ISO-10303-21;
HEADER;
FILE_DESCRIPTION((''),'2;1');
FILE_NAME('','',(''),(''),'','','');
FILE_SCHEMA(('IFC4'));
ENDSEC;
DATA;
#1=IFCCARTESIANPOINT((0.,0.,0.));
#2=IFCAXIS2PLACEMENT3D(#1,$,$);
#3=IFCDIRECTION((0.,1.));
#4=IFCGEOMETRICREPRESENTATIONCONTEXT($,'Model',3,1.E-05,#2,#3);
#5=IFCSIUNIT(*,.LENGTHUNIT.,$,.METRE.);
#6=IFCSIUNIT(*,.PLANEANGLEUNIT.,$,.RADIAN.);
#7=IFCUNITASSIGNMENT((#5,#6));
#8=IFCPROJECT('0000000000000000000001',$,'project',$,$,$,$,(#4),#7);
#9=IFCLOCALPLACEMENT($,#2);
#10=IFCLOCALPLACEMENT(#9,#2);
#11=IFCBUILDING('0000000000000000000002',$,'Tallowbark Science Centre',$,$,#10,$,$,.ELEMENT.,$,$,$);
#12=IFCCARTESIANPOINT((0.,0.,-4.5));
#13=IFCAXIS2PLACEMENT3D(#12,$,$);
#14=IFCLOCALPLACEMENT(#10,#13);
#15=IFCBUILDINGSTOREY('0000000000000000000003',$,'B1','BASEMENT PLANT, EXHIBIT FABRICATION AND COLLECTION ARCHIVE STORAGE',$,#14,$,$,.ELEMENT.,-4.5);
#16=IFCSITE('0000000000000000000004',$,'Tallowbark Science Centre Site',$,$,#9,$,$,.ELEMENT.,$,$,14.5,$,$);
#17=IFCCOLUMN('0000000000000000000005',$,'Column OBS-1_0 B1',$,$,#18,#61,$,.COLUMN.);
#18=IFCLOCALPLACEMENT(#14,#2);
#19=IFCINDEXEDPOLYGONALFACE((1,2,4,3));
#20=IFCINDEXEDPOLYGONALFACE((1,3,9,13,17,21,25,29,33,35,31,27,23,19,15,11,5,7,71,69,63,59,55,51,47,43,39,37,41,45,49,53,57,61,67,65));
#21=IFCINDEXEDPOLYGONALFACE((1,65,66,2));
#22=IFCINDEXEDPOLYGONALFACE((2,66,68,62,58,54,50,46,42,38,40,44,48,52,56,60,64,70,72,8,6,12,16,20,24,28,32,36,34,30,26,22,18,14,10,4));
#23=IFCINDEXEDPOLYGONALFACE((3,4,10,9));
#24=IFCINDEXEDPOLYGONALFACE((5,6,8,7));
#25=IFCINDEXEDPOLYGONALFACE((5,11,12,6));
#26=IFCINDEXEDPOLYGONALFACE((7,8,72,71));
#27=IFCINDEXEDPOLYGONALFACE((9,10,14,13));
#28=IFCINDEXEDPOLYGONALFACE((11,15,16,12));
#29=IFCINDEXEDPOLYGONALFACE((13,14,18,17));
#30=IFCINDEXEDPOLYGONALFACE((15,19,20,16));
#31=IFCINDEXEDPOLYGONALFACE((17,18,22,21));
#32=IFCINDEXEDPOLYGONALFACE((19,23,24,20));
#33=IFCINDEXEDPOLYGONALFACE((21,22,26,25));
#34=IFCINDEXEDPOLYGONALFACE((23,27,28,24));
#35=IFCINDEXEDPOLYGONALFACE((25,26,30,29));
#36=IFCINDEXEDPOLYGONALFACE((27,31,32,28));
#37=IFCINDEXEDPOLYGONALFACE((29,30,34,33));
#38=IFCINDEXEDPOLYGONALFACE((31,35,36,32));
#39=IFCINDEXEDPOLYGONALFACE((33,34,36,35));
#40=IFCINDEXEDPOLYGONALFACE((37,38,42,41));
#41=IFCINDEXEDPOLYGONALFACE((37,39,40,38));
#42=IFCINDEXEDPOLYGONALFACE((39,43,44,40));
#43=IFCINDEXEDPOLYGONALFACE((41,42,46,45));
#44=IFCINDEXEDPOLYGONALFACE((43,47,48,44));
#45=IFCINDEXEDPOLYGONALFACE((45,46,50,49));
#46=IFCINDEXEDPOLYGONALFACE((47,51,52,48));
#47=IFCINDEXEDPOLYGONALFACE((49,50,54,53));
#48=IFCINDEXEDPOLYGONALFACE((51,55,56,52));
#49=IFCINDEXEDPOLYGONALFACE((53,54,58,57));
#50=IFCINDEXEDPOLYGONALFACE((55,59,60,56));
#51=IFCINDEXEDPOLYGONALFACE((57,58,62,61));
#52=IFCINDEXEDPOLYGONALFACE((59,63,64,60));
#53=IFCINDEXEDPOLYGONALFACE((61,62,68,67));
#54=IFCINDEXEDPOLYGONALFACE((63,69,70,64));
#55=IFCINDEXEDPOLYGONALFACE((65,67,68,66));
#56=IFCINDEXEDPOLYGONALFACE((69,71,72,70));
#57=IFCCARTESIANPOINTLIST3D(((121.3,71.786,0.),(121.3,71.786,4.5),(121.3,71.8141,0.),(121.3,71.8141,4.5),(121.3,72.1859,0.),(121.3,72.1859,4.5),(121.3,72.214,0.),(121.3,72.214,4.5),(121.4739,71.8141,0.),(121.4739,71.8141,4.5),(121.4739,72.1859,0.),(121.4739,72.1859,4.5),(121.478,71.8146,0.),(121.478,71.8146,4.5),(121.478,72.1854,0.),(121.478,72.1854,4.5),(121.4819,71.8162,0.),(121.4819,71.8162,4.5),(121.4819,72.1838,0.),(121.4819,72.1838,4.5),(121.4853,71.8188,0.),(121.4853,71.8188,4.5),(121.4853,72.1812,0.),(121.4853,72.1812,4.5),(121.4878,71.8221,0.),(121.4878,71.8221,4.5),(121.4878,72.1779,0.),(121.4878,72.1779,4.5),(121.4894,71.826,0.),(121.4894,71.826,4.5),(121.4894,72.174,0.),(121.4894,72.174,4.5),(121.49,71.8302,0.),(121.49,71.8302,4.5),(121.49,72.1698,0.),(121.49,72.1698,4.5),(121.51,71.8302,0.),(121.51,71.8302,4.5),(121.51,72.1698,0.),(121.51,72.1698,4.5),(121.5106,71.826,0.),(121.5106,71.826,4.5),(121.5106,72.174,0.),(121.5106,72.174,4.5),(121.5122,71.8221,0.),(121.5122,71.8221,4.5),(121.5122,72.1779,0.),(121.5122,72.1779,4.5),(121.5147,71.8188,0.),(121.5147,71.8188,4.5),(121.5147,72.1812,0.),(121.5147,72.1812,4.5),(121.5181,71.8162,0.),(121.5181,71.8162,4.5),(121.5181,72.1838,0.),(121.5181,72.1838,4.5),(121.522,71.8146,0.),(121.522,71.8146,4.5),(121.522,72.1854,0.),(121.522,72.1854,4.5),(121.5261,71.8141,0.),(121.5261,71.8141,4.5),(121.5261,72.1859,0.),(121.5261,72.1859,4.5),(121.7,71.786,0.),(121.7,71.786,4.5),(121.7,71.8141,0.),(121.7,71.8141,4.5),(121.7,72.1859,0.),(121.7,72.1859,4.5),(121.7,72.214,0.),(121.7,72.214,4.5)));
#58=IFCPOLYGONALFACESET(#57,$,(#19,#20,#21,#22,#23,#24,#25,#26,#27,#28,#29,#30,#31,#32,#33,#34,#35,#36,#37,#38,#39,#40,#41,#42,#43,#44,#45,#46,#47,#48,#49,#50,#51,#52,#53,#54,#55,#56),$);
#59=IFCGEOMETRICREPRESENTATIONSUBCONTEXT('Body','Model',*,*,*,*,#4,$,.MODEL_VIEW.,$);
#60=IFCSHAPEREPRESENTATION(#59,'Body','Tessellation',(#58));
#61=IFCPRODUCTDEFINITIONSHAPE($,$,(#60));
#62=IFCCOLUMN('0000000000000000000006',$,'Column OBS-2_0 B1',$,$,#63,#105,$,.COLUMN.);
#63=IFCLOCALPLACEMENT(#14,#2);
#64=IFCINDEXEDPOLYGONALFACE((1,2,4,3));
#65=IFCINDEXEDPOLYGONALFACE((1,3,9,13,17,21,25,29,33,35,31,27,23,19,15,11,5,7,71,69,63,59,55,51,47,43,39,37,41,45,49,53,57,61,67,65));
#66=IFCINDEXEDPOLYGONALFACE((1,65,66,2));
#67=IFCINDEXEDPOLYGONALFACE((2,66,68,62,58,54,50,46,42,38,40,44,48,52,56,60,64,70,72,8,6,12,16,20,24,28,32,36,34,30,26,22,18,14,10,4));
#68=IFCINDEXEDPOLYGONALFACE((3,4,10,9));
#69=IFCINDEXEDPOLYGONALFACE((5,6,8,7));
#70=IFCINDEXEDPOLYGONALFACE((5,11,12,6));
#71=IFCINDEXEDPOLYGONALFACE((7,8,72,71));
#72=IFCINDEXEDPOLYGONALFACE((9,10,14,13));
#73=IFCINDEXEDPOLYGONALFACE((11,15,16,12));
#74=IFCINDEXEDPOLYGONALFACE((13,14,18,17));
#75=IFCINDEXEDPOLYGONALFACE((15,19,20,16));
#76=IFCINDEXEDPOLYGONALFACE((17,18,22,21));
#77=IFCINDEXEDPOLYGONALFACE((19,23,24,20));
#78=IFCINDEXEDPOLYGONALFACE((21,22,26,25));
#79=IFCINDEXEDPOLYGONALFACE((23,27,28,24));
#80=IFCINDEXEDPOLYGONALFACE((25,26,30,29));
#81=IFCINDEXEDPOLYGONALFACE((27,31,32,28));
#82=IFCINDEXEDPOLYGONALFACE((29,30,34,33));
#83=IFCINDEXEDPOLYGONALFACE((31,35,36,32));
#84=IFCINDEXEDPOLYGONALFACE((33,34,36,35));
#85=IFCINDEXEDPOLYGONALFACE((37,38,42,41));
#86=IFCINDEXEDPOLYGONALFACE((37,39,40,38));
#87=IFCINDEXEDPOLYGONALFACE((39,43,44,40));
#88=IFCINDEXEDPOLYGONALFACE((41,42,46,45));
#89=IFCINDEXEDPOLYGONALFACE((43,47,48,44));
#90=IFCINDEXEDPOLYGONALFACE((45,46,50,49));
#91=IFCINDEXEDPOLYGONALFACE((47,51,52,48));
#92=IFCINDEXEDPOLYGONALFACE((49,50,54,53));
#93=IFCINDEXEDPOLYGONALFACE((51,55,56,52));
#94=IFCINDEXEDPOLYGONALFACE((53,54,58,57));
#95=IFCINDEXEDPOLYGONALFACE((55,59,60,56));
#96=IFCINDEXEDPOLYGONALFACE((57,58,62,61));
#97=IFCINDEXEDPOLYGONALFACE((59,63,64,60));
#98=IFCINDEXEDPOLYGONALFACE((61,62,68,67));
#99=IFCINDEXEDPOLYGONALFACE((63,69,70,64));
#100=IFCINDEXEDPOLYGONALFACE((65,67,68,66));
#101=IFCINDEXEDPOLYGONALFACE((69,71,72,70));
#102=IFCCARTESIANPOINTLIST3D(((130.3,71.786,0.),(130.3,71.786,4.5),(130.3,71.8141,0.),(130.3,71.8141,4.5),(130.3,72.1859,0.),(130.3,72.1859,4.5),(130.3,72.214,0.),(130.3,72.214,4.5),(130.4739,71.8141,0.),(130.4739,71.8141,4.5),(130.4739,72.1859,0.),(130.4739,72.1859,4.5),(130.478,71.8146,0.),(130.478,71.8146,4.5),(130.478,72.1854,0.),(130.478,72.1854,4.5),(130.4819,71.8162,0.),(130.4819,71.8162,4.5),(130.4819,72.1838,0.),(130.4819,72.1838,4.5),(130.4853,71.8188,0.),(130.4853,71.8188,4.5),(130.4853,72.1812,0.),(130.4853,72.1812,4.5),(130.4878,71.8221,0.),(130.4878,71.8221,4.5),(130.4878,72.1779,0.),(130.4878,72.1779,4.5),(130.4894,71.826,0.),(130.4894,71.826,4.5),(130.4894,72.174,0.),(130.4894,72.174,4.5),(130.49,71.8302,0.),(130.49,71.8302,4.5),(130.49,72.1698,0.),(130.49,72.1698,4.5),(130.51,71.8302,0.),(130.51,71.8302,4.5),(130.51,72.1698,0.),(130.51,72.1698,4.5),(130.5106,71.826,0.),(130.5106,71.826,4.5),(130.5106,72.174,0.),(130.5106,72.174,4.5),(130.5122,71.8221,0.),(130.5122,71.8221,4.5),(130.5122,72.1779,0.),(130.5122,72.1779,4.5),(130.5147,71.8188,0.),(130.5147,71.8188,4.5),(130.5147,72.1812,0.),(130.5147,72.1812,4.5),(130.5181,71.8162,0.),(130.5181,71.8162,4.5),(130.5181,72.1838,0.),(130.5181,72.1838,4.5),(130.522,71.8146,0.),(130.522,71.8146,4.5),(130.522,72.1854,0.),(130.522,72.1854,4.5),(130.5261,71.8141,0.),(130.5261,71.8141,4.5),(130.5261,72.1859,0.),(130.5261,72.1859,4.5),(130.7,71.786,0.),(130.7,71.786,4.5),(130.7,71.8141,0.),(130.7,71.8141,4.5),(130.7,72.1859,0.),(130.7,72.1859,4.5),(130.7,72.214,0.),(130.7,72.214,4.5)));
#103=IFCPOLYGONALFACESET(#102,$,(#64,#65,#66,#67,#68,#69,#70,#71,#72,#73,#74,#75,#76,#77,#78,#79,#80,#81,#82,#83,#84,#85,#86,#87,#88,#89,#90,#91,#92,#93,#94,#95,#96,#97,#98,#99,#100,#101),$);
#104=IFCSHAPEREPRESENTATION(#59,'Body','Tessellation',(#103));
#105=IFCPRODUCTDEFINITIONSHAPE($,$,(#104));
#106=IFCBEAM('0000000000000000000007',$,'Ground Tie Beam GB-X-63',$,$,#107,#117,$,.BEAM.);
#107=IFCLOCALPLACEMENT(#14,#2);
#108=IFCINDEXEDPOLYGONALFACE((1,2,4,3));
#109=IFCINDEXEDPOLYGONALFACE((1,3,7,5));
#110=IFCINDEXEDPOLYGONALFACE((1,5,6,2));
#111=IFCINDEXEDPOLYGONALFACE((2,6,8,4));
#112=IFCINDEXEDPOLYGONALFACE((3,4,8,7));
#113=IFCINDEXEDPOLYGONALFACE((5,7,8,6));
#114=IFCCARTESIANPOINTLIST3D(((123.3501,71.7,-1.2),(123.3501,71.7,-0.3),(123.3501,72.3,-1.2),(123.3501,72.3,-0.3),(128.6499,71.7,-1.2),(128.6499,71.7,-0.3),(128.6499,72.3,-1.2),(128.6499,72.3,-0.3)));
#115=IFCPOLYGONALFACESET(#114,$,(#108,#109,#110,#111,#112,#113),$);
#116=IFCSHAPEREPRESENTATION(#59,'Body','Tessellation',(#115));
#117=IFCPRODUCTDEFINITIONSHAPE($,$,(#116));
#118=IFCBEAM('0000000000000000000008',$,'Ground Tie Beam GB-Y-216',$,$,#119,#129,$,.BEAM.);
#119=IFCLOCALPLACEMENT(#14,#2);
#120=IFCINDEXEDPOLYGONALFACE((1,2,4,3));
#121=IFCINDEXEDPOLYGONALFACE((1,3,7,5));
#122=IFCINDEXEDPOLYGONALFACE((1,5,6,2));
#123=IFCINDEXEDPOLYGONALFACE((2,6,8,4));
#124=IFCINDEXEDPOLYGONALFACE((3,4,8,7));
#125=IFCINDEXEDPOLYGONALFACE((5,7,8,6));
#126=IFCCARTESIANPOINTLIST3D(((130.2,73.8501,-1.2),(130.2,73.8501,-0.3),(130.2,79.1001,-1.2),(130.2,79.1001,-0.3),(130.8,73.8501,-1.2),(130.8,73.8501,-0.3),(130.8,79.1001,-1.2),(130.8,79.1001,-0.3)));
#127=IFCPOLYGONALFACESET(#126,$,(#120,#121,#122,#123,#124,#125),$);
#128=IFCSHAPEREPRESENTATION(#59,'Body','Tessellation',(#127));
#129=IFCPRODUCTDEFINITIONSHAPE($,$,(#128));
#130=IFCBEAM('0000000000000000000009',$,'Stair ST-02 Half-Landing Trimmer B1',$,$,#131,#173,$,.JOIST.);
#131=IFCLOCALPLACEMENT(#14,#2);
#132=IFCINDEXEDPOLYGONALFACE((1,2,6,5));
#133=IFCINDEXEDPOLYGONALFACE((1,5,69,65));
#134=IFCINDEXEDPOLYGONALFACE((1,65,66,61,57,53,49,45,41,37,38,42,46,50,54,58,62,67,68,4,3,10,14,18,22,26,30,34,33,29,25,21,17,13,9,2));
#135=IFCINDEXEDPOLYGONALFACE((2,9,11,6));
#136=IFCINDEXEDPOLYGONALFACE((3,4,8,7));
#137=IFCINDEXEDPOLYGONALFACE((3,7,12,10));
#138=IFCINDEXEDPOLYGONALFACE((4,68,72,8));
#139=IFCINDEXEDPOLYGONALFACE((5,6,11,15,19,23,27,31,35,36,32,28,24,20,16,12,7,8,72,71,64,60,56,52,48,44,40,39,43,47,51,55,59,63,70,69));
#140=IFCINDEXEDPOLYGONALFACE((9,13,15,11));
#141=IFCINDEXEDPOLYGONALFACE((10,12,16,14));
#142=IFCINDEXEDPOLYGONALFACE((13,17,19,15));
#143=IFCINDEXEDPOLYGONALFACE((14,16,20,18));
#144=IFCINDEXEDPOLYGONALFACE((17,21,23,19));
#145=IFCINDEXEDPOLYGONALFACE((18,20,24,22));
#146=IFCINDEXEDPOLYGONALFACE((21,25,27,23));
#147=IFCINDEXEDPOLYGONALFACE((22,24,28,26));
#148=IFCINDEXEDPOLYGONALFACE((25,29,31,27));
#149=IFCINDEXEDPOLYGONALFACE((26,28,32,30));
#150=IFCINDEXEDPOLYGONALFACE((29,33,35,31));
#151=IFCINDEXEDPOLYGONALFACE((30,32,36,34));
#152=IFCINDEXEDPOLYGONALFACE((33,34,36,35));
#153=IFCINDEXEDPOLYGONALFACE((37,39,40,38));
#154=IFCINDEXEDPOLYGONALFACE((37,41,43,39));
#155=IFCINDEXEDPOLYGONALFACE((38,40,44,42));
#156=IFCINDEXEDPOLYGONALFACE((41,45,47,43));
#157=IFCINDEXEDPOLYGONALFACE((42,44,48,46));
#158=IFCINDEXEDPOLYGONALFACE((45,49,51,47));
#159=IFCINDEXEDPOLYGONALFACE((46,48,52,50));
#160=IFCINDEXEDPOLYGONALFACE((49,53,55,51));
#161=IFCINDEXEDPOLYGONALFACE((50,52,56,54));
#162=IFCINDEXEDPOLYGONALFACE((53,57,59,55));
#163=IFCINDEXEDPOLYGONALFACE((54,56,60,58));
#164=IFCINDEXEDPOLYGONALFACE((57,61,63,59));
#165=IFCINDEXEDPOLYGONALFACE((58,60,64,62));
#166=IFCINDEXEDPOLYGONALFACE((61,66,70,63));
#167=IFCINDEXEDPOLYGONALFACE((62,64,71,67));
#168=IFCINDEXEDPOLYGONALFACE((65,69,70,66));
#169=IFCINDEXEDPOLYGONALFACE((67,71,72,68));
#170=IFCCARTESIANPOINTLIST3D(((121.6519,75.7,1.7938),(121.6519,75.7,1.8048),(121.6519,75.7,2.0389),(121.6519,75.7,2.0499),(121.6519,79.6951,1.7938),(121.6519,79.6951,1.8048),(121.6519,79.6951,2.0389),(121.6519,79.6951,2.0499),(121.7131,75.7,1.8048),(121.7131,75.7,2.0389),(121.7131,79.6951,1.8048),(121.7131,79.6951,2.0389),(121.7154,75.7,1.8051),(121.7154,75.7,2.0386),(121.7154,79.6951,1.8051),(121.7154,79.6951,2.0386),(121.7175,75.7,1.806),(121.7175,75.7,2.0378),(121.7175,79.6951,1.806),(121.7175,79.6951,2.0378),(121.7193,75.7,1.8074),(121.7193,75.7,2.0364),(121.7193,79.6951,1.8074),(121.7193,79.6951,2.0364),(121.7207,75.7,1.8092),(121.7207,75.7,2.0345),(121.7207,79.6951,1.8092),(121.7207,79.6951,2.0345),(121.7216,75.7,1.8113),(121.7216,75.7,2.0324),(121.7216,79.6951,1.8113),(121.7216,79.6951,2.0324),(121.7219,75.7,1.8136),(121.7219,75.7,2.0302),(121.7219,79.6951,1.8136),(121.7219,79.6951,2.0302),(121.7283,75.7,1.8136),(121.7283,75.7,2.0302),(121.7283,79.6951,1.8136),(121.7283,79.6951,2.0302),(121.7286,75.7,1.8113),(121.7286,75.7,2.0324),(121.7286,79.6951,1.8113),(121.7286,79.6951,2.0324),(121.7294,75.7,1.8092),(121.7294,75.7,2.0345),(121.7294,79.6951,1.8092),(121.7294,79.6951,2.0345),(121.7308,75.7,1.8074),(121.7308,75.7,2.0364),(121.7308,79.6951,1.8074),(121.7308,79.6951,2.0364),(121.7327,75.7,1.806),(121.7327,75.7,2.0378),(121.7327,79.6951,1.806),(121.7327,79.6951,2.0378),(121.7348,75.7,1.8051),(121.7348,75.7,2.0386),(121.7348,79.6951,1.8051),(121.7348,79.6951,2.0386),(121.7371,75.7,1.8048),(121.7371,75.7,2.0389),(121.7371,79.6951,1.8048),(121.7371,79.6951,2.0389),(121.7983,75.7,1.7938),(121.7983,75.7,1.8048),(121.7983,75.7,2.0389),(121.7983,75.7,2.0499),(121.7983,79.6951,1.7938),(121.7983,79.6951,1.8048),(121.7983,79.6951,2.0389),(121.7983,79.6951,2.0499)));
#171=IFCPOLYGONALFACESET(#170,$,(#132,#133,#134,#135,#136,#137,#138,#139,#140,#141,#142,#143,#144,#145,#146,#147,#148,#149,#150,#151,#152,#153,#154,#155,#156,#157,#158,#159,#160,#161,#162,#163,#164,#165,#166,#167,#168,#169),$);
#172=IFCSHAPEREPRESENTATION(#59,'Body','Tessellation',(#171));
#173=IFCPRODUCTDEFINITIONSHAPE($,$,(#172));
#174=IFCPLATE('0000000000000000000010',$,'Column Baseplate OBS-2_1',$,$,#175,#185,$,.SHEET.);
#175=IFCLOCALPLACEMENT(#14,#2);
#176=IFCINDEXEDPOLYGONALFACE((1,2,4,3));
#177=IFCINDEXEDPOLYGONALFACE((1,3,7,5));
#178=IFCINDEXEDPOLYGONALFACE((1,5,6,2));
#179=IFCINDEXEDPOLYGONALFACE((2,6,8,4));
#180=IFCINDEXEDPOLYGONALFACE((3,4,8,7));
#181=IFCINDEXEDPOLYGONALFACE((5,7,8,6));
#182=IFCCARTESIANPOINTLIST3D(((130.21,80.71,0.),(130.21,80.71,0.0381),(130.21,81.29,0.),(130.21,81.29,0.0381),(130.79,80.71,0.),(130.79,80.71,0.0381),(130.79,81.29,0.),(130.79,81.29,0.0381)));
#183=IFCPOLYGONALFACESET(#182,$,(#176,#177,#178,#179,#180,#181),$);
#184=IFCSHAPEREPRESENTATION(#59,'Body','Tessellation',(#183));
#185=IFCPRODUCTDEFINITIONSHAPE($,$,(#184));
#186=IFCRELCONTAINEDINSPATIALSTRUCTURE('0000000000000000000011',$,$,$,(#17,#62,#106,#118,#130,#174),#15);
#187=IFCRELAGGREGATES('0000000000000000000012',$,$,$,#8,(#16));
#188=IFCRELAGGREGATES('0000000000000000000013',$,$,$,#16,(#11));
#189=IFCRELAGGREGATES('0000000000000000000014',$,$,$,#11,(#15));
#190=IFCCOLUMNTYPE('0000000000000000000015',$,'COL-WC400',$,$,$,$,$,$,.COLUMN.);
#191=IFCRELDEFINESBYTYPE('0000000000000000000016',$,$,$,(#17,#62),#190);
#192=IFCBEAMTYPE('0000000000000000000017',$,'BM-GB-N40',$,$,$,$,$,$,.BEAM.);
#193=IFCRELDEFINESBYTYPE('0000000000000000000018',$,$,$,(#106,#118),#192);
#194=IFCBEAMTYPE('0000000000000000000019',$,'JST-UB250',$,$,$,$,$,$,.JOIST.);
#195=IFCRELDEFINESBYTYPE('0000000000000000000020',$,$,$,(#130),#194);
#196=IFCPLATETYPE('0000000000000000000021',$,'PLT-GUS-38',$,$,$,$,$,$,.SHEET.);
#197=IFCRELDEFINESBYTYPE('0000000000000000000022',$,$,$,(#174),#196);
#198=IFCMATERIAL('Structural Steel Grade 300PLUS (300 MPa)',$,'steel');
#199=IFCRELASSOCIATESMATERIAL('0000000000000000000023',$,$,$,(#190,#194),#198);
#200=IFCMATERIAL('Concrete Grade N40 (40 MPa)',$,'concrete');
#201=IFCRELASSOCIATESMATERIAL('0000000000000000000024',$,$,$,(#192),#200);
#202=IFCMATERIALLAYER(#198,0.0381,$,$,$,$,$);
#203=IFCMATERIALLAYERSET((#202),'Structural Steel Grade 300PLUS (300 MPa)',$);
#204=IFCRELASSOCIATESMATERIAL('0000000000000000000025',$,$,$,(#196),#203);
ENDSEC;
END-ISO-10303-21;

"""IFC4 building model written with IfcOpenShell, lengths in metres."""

from ifc_helpers import new_model, si_unit, direction, frame, origin, origin_2d, place, context, subcontext, project, spatial, rectangle, i_section, extrude, material, layer, layer_set, material_profile, profile_set, type_object, element, save


model = new_model("IFC4")

# Units and contexts
model_context = context("Model", 3, precision=1e-05, world=origin(), true_north=direction((0.0, 1.0)))
body_context = subcontext(model_context, "Body", "Model", "MODEL_VIEW")
ifc_project = project(units=[si_unit("LENGTHUNIT", "METRE"), si_unit("PLANEANGLEUNIT", "RADIAN")], contexts=[model_context])

# Site, building, storey
site_placement = place(None, origin())
site = spatial("IfcSite", under=ifc_project, at=site_placement, Name="Tallowbark Science Centre Site", CompositionType="ELEMENT", RefElevation=14.5)
building_placement = place(site_placement, origin())
building = spatial("IfcBuilding", under=site, at=building_placement, Name="Tallowbark Science Centre", CompositionType="ELEMENT")
storey_placement = place(building_placement, frame((0.0, 0.0, -4.5)))
storey = spatial("IfcBuildingStorey", under=building, at=storey_placement, Name="B1", Description="BASEMENT PLANT, EXHIBIT FABRICATION AND COLLECTION ARCHIVE STORAGE", CompositionType="ELEMENT", Elevation=-4.5)

# Shared definitions
ifc_material_1 = material(Name="Concrete Grade N40 (40 MPa)", Category="concrete")

# Columns
ifc_material_2 = material(Name="Structural Steel Grade 300PLUS (300 MPa)", Category="steel")
ifc_material_profile_1 = material_profile(ifc_material_2, i_section(OverallWidth=0.3999, OverallDepth=0.428, WebThickness=0.02, FlangeThickness=0.0281, FilletRadius=0.0161, at=origin_2d()), Name="400WC270")
ifc_profile_set_1 = profile_set([ifc_material_profile_1], Name="Structural Steel Grade 300PLUS (300 MPa)")
column_type = type_object("IfcColumnType", Name="COL-WC400", PredefinedType="COLUMN", material=ifc_profile_set_1)
for number, where, z_axis, x_axis, name in (
    (1, (121.5, 72.0, 0.0), (0.0, 0.0, 1.0), (1.0, 0.0, 0.0), "Column OBS-1_0 B1"),
    (2, (130.5, 72.0, 0.0), (0.0, 0.0, 1.0), (1.0, 0.0, 0.0), "Column OBS-2_0 B1"),
):
    element("IfcColumn", number, at=place(storey_placement, frame(where, z_axis=z_axis, x_axis=x_axis)), inside=storey, type_object=column_type, Name=name, PredefinedType="COLUMN", context=body_context, shape_type="SweptSolid", body=[
        extrude(i_section(OverallWidth=0.3999, OverallDepth=0.428, WebThickness=0.02, FlangeThickness=0.0281, FilletRadius=0.0161, at=origin_2d()), origin(), (0.0, 0.0, 1.0), 4.5),
    ])

# Beams
ifc_material_profile_2 = material_profile(ifc_material_1, rectangle(XDim=0.6001, YDim=0.8999, at=origin_2d()), Name="RC600x900")
ifc_profile_set_2 = profile_set([ifc_material_profile_2], Name="Concrete Grade N40 (40 MPa)")
beam_type_1 = type_object("IfcBeamType", Name="BM-GB-N40", PredefinedType="BEAM", material=ifc_profile_set_2)
beam_1_placement = place(storey_placement, frame((123.3501, 72.0, -0.75), z_axis=(1.0, 0.0, 0.0), x_axis=(0.0, 1.0, 0.0)))
element("IfcBeam", 3, at=beam_1_placement, inside=storey, type_object=beam_type_1, Name="Ground Tie Beam GB-X-63", PredefinedType="BEAM", context=body_context, shape_type="SweptSolid", body=[
    extrude(rectangle(XDim=0.6001, YDim=0.8999, at=origin_2d()), origin(), (0.0, 0.0, 1.0), 5.2998),
])
beam_2_placement = place(storey_placement, frame((130.5, 73.8501, -0.75), z_axis=(0.0, 1.0, 0.0), x_axis=(-1.0, 0.0, 0.0)))
element("IfcBeam", 4, at=beam_2_placement, inside=storey, type_object=beam_type_1, Name="Ground Tie Beam GB-Y-216", PredefinedType="BEAM", context=body_context, shape_type="SweptSolid", body=[
    extrude(rectangle(XDim=0.6001, YDim=0.8999, at=origin_2d()), origin(), (0.0, 0.0, 1.0), 5.25),
])
ifc_material_profile_3 = material_profile(ifc_material_2, i_section(OverallWidth=0.1465, OverallDepth=0.2561, WebThickness=0.0063, FlangeThickness=0.011, FilletRadius=0.0088, at=origin_2d()), Name="250UB37.3")
ifc_profile_set_3 = profile_set([ifc_material_profile_3], Name="Structural Steel Grade 300PLUS (300 MPa)")
beam_type_2 = type_object("IfcBeamType", Name="JST-UB250", PredefinedType="JOIST", material=ifc_profile_set_3)
beam_3_placement = place(storey_placement, frame((121.7251, 75.7, 1.9219), z_axis=(0.0, 1.0, 0.0), x_axis=(-1.0, 0.0, 0.0)))
element("IfcBeam", 5, at=beam_3_placement, inside=storey, type_object=beam_type_2, Name="Stair ST-02 Half-Landing Trimmer B1", PredefinedType="JOIST", context=body_context, shape_type="SweptSolid", body=[
    extrude(i_section(OverallWidth=0.1465, OverallDepth=0.2561, WebThickness=0.0063, FlangeThickness=0.011, FilletRadius=0.0088, at=origin_2d()), origin(), (0.0, 0.0, 1.0), 3.9951),
])

# Plate
ifc_layer_1 = layer(ifc_material_2, 0.0381)
ifc_layer_set_1 = layer_set([ifc_layer_1], Name="Structural Steel Grade 300PLUS (300 MPa)")
plate_type = type_object("IfcPlateType", Name="PLT-GUS-38", PredefinedType="SHEET", material=ifc_layer_set_1)
plate_placement = place(storey_placement, frame((130.5, 81.0, 0.0), z_axis=(0.0, 0.0, 1.0), x_axis=(1.0, 0.0, 0.0)))
element("IfcPlate", 6, at=plate_placement, inside=storey, type_object=plate_type, Name="Column Baseplate OBS-2_1", PredefinedType="SHEET", context=body_context, shape_type="SweptSolid", body=[
    extrude(rectangle(XDim=0.5801, YDim=0.5801, at=origin_2d()), origin(), (0.0, 0.0, 1.0), 0.0381),
])

save(model, "model.ifc")
